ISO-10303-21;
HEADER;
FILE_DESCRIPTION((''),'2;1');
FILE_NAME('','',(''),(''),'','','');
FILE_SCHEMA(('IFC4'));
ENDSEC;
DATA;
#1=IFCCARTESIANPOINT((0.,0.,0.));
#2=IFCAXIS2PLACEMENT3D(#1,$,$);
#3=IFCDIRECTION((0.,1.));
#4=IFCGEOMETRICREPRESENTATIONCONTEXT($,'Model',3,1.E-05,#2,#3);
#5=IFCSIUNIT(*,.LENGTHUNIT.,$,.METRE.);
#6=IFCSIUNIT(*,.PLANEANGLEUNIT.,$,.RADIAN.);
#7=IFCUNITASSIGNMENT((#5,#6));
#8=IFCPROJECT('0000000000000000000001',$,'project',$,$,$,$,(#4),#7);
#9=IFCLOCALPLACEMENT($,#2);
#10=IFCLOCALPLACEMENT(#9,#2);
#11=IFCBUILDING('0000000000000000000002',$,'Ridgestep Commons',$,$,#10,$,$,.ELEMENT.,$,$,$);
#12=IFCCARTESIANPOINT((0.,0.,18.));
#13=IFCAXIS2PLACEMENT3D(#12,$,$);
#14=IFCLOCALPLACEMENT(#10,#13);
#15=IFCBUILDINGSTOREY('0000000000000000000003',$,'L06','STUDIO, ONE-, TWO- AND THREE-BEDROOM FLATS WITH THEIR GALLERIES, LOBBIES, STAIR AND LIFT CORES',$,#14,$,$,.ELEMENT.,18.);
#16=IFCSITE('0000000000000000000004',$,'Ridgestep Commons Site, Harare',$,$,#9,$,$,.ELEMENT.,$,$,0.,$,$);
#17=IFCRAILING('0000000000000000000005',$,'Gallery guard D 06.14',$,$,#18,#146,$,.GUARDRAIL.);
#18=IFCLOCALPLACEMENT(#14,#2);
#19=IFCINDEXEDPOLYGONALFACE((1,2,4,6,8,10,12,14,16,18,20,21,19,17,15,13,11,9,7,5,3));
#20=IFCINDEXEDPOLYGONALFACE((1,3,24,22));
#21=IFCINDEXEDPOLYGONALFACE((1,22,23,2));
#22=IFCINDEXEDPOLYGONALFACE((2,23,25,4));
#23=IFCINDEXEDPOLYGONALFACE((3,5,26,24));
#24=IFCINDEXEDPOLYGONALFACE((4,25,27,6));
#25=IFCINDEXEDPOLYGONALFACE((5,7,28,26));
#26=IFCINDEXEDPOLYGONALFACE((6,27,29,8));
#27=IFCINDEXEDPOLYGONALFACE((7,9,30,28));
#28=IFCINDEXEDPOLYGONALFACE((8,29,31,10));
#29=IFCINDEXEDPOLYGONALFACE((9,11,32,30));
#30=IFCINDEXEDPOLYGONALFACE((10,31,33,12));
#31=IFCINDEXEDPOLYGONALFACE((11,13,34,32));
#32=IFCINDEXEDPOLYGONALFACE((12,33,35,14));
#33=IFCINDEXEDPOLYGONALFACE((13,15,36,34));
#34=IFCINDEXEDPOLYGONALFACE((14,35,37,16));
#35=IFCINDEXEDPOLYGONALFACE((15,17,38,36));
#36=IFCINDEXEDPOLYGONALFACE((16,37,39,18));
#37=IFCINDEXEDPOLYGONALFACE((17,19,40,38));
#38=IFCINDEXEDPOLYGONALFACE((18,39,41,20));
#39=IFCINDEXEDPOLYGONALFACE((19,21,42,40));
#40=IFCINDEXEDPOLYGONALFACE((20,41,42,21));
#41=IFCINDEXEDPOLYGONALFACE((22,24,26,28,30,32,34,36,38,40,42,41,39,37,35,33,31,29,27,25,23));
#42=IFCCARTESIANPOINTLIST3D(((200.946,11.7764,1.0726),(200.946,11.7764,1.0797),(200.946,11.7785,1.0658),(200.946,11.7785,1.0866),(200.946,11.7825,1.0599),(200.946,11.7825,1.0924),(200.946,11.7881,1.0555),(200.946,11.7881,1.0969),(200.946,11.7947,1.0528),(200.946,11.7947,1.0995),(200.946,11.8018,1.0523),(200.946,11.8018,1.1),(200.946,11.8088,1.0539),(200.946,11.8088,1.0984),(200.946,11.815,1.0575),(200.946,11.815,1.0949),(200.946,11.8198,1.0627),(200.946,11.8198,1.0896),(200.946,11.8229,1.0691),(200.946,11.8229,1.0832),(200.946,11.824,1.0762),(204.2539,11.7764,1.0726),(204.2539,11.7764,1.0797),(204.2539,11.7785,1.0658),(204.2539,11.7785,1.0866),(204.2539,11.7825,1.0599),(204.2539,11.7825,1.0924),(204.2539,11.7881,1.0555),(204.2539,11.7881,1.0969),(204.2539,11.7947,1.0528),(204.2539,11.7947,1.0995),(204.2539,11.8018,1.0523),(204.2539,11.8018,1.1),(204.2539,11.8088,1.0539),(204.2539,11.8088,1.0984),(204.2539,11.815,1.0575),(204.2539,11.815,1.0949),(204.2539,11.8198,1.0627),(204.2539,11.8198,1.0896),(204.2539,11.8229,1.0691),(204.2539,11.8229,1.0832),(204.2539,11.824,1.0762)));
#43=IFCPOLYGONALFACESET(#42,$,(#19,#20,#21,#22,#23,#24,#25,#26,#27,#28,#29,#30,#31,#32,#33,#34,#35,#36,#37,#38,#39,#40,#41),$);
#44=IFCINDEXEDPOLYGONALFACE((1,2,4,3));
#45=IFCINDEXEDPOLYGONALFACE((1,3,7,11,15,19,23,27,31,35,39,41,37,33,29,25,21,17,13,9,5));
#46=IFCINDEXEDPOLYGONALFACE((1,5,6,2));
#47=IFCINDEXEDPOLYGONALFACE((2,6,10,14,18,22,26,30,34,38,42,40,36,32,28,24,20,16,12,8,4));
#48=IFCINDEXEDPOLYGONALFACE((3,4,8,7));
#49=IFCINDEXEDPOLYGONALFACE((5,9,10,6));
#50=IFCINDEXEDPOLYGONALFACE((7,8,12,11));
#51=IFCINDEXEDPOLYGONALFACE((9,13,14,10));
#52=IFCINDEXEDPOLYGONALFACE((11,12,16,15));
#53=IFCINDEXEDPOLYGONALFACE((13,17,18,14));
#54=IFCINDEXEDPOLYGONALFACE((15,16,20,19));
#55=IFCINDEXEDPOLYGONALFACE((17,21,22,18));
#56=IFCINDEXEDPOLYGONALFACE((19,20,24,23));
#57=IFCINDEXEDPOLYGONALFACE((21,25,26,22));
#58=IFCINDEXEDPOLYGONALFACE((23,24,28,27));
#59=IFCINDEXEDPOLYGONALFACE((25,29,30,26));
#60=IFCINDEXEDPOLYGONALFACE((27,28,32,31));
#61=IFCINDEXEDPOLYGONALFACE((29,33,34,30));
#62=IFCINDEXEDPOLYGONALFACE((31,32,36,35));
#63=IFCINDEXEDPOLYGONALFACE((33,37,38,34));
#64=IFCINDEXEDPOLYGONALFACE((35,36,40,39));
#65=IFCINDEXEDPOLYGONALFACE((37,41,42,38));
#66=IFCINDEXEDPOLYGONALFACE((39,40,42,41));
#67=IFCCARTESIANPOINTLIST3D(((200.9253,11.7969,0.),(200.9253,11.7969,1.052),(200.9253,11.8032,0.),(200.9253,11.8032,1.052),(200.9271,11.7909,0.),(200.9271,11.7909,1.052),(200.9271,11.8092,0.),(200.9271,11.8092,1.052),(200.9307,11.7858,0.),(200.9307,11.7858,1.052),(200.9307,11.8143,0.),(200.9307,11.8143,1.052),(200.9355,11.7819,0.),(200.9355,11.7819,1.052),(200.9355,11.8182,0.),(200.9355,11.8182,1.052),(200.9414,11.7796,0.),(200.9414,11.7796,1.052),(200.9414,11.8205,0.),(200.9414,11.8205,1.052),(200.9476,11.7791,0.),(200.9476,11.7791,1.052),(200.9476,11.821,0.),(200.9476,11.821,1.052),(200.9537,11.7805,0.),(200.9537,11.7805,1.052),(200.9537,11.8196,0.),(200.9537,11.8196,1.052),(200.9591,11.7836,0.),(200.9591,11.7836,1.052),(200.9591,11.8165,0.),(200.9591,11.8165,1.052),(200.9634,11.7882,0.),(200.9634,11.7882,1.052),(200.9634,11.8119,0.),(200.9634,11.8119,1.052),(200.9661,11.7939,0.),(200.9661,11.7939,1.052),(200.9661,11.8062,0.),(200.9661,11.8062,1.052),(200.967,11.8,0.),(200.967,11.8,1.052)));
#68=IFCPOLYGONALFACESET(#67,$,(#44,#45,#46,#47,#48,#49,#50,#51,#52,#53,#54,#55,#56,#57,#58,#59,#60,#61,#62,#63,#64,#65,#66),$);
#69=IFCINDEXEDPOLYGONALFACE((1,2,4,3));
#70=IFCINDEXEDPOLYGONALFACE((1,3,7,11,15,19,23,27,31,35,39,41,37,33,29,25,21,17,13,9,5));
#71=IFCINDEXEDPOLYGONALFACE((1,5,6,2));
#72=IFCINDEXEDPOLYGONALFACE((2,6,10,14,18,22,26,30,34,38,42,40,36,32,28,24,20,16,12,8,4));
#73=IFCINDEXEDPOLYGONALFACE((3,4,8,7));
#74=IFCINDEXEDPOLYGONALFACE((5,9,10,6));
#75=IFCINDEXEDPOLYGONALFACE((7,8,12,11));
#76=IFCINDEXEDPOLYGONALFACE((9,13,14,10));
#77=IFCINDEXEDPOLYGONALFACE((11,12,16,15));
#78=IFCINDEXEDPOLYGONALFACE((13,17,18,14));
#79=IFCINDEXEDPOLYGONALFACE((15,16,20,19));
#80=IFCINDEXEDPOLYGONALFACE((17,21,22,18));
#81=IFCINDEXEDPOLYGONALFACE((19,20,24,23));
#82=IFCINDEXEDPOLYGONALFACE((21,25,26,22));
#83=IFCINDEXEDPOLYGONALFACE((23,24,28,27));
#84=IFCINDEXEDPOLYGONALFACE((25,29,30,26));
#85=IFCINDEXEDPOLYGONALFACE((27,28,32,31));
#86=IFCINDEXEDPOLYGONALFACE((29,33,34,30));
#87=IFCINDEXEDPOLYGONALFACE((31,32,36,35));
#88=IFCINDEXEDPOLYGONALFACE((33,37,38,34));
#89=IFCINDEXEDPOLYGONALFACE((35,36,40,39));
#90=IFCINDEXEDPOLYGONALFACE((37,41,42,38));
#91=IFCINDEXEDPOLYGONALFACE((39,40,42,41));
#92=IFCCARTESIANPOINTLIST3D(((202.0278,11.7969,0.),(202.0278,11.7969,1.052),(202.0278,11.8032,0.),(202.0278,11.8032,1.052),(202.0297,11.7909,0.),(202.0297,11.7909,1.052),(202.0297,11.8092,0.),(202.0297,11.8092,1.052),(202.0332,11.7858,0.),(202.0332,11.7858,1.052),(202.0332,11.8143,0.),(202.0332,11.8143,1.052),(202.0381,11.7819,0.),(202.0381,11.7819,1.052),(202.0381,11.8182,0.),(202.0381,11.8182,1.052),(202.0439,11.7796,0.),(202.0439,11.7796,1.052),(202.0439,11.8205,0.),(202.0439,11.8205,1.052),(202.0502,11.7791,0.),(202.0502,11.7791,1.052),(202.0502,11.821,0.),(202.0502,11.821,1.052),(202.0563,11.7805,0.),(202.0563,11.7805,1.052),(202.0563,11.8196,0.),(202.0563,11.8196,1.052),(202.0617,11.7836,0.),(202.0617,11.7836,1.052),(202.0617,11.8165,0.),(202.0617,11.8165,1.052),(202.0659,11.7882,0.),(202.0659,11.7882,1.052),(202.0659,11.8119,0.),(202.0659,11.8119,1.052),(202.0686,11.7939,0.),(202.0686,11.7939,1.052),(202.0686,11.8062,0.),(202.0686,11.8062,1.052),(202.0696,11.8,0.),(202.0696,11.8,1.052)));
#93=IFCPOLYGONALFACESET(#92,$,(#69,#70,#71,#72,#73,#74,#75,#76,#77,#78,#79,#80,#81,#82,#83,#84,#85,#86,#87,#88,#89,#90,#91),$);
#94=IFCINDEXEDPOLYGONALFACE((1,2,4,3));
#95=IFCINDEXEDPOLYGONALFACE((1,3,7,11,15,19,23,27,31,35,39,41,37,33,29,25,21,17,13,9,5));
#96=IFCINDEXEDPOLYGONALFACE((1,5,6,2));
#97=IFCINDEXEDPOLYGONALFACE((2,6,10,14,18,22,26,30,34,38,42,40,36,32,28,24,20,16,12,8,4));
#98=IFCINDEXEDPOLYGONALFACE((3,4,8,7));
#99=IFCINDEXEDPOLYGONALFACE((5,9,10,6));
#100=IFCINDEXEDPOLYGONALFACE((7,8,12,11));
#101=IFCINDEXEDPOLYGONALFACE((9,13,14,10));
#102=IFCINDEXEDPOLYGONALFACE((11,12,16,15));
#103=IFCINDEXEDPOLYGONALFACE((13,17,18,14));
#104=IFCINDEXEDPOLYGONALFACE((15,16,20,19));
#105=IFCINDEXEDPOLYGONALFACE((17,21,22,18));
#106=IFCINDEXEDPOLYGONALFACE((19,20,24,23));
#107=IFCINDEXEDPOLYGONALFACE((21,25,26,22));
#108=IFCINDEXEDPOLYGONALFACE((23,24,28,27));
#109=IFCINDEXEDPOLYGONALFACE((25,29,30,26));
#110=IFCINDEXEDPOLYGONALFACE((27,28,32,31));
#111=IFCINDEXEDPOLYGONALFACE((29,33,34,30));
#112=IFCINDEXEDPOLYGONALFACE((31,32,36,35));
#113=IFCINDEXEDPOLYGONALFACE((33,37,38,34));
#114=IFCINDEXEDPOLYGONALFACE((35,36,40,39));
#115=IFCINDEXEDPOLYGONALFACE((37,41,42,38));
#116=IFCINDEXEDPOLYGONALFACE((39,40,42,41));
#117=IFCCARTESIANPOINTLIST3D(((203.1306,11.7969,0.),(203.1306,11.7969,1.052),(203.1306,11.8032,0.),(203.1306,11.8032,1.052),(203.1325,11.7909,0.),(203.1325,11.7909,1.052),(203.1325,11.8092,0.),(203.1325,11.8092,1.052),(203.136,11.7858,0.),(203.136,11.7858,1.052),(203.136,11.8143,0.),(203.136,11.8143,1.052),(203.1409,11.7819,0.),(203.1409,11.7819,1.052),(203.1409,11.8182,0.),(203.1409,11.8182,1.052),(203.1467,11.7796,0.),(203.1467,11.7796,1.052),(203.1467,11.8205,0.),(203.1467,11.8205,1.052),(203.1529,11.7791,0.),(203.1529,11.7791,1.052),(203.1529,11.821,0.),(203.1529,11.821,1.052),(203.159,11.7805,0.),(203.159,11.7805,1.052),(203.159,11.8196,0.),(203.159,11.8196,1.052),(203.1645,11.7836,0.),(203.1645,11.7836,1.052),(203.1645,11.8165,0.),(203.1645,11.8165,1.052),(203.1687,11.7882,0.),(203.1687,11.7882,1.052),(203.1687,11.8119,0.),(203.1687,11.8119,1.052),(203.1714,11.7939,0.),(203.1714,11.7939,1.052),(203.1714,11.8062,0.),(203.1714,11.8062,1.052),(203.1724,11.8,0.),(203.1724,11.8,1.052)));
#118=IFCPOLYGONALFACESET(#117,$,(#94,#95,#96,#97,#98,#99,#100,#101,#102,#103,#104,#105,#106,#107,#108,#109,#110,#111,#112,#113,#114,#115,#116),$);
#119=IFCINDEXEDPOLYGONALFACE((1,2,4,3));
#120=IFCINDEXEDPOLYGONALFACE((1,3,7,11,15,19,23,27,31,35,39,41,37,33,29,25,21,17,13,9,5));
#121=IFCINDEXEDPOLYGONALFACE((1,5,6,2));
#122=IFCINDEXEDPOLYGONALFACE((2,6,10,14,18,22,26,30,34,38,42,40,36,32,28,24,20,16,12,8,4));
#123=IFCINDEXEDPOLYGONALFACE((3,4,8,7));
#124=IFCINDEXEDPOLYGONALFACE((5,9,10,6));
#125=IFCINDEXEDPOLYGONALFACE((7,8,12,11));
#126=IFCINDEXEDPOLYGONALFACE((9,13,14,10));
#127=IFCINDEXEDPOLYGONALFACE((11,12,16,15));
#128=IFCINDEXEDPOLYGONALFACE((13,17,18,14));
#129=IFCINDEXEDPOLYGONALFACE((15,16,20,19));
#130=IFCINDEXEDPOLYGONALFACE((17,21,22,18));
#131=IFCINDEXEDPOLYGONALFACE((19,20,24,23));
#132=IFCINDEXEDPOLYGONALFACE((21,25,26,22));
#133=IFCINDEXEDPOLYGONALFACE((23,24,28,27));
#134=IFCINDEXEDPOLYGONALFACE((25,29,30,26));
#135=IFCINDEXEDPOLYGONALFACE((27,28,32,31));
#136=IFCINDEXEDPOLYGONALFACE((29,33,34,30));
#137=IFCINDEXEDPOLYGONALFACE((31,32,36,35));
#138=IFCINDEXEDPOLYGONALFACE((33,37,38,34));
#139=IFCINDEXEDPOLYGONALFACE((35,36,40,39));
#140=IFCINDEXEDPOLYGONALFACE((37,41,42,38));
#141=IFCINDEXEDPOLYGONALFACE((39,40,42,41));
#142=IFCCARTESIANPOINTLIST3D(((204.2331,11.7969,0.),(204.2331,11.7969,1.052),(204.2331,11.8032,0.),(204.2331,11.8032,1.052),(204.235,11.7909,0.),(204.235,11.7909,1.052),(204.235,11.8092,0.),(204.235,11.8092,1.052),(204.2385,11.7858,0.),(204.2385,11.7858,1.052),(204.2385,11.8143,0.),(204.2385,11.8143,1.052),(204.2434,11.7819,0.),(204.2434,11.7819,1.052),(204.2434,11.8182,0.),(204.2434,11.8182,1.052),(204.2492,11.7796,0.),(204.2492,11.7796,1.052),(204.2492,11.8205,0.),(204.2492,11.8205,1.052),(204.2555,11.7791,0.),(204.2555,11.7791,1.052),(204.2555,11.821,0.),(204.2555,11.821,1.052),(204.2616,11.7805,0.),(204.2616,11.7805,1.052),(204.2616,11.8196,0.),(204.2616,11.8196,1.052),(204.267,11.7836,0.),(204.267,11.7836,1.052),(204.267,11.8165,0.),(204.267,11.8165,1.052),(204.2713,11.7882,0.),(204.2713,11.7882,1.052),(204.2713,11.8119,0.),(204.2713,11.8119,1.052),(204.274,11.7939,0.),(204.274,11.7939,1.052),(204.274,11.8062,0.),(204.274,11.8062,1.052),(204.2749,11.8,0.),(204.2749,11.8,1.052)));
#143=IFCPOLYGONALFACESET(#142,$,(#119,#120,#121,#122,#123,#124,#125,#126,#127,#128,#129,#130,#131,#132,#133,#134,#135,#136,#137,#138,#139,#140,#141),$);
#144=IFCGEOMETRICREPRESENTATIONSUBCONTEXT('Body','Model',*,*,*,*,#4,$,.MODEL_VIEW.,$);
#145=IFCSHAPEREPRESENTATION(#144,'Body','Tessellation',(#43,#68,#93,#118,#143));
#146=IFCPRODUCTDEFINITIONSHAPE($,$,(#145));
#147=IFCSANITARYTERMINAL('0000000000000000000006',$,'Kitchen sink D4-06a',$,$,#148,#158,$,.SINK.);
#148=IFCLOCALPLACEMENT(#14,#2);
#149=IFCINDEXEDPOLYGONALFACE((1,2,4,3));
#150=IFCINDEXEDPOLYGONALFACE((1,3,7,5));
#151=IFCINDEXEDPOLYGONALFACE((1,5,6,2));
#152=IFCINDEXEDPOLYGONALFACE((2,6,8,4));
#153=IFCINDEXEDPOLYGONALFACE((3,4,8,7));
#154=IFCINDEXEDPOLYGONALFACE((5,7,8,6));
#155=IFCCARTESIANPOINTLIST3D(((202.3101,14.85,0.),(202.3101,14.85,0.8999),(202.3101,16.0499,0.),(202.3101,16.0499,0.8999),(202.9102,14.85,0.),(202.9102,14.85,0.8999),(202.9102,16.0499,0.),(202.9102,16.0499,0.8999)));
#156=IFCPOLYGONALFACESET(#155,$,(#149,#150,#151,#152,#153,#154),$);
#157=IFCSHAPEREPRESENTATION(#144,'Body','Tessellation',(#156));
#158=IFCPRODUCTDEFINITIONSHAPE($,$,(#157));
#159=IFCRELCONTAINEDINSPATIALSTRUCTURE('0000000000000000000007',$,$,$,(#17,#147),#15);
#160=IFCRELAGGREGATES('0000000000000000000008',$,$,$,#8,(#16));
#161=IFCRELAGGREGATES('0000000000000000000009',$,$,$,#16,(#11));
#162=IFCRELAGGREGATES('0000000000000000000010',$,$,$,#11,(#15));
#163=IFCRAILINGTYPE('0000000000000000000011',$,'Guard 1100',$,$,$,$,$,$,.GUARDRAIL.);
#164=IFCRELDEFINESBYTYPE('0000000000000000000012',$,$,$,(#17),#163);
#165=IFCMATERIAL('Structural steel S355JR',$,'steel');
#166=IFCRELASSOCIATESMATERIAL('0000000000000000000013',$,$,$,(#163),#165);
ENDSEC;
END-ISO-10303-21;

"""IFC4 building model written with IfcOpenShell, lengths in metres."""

from ifc_helpers import new_model, si_unit, direction, frame, origin, origin_2d, place, context, subcontext, project, spatial, rectangle, circle, extrude, material, type_object, element, save


model = new_model("IFC4")

# Units and contexts
model_context = context("Model", 3, precision=1e-05, world=origin(), true_north=direction((0.0, 1.0)))
body_context = subcontext(model_context, "Body", "Model", "MODEL_VIEW")
ifc_project = project(units=[si_unit("LENGTHUNIT", "METRE"), si_unit("PLANEANGLEUNIT", "RADIAN")], contexts=[model_context])

# Site, building, storey
site_placement = place(None, origin())
site = spatial("IfcSite", under=ifc_project, at=site_placement, Name="Ridgestep Commons Site, Harare", CompositionType="ELEMENT", RefElevation=0.0)
building_placement = place(site_placement, origin())
building = spatial("IfcBuilding", under=site, at=building_placement, Name="Ridgestep Commons", CompositionType="ELEMENT")
storey_placement = place(building_placement, frame((0.0, 0.0, 18.0)))
storey = spatial("IfcBuildingStorey", under=building, at=storey_placement, Name="L06", Description="STUDIO, ONE-, TWO- AND THREE-BEDROOM FLATS WITH THEIR GALLERIES, LOBBIES, STAIR AND LIFT CORES", CompositionType="ELEMENT", Elevation=18.0)

# Railing
ifc_material_1 = material(Name="Structural steel S355JR", Category="steel")
railing_type = type_object("IfcRailingType", Name="Guard 1100", PredefinedType="GUARDRAIL", material=ifc_material_1)
railing_1_placement = place(storey_placement, frame((200.946, 11.8, 0.0)))
element("IfcRailing", 1, at=railing_1_placement, inside=storey, type_object=railing_type, Name="Gallery guard D 06.14", PredefinedType="GUARDRAIL", context=body_context, shape_type="SweptSolid", body=[
    extrude(circle(Radius=0.0239, at=origin_2d()), frame((0.0, 0.0, 1.0762), z_axis=(1.0, 0.0, 0.0), x_axis=(0.0, 1.0, 0.0)), (0.0, 0.0, 1.0), 3.3079),
    extrude(circle(Radius=0.021, at=origin_2d()), origin(), (0.0, 0.0, 1.0), 1.052),
    extrude(circle(Radius=0.021, at=origin_2d()), frame((1.1025, 0.0, 0.0)), (0.0, 0.0, 1.0), 1.052),
    extrude(circle(Radius=0.021, at=origin_2d()), frame((2.2053, 0.0, 0.0)), (0.0, 0.0, 1.0), 1.052),
    extrude(circle(Radius=0.021, at=origin_2d()), frame((3.3079, 0.0, 0.0)), (0.0, 0.0, 1.0), 1.052),
])

# Sanitary terminal
sanitary_terminal_placement = place(storey_placement, frame((202.6101, 15.45, 0.0), z_axis=(0.0, 0.0, 1.0), x_axis=(1.0, 0.0, 0.0)))
element("IfcSanitaryTerminal", 2, at=sanitary_terminal_placement, inside=storey, Name="Kitchen sink D4-06a", PredefinedType="SINK", context=body_context, shape_type="SweptSolid", body=[
    extrude(rectangle(XDim=0.6001, YDim=1.2, at=origin_2d()), origin(), (0.0, 0.0, 1.0), 0.8999),
])

save(model, "model.ifc")
